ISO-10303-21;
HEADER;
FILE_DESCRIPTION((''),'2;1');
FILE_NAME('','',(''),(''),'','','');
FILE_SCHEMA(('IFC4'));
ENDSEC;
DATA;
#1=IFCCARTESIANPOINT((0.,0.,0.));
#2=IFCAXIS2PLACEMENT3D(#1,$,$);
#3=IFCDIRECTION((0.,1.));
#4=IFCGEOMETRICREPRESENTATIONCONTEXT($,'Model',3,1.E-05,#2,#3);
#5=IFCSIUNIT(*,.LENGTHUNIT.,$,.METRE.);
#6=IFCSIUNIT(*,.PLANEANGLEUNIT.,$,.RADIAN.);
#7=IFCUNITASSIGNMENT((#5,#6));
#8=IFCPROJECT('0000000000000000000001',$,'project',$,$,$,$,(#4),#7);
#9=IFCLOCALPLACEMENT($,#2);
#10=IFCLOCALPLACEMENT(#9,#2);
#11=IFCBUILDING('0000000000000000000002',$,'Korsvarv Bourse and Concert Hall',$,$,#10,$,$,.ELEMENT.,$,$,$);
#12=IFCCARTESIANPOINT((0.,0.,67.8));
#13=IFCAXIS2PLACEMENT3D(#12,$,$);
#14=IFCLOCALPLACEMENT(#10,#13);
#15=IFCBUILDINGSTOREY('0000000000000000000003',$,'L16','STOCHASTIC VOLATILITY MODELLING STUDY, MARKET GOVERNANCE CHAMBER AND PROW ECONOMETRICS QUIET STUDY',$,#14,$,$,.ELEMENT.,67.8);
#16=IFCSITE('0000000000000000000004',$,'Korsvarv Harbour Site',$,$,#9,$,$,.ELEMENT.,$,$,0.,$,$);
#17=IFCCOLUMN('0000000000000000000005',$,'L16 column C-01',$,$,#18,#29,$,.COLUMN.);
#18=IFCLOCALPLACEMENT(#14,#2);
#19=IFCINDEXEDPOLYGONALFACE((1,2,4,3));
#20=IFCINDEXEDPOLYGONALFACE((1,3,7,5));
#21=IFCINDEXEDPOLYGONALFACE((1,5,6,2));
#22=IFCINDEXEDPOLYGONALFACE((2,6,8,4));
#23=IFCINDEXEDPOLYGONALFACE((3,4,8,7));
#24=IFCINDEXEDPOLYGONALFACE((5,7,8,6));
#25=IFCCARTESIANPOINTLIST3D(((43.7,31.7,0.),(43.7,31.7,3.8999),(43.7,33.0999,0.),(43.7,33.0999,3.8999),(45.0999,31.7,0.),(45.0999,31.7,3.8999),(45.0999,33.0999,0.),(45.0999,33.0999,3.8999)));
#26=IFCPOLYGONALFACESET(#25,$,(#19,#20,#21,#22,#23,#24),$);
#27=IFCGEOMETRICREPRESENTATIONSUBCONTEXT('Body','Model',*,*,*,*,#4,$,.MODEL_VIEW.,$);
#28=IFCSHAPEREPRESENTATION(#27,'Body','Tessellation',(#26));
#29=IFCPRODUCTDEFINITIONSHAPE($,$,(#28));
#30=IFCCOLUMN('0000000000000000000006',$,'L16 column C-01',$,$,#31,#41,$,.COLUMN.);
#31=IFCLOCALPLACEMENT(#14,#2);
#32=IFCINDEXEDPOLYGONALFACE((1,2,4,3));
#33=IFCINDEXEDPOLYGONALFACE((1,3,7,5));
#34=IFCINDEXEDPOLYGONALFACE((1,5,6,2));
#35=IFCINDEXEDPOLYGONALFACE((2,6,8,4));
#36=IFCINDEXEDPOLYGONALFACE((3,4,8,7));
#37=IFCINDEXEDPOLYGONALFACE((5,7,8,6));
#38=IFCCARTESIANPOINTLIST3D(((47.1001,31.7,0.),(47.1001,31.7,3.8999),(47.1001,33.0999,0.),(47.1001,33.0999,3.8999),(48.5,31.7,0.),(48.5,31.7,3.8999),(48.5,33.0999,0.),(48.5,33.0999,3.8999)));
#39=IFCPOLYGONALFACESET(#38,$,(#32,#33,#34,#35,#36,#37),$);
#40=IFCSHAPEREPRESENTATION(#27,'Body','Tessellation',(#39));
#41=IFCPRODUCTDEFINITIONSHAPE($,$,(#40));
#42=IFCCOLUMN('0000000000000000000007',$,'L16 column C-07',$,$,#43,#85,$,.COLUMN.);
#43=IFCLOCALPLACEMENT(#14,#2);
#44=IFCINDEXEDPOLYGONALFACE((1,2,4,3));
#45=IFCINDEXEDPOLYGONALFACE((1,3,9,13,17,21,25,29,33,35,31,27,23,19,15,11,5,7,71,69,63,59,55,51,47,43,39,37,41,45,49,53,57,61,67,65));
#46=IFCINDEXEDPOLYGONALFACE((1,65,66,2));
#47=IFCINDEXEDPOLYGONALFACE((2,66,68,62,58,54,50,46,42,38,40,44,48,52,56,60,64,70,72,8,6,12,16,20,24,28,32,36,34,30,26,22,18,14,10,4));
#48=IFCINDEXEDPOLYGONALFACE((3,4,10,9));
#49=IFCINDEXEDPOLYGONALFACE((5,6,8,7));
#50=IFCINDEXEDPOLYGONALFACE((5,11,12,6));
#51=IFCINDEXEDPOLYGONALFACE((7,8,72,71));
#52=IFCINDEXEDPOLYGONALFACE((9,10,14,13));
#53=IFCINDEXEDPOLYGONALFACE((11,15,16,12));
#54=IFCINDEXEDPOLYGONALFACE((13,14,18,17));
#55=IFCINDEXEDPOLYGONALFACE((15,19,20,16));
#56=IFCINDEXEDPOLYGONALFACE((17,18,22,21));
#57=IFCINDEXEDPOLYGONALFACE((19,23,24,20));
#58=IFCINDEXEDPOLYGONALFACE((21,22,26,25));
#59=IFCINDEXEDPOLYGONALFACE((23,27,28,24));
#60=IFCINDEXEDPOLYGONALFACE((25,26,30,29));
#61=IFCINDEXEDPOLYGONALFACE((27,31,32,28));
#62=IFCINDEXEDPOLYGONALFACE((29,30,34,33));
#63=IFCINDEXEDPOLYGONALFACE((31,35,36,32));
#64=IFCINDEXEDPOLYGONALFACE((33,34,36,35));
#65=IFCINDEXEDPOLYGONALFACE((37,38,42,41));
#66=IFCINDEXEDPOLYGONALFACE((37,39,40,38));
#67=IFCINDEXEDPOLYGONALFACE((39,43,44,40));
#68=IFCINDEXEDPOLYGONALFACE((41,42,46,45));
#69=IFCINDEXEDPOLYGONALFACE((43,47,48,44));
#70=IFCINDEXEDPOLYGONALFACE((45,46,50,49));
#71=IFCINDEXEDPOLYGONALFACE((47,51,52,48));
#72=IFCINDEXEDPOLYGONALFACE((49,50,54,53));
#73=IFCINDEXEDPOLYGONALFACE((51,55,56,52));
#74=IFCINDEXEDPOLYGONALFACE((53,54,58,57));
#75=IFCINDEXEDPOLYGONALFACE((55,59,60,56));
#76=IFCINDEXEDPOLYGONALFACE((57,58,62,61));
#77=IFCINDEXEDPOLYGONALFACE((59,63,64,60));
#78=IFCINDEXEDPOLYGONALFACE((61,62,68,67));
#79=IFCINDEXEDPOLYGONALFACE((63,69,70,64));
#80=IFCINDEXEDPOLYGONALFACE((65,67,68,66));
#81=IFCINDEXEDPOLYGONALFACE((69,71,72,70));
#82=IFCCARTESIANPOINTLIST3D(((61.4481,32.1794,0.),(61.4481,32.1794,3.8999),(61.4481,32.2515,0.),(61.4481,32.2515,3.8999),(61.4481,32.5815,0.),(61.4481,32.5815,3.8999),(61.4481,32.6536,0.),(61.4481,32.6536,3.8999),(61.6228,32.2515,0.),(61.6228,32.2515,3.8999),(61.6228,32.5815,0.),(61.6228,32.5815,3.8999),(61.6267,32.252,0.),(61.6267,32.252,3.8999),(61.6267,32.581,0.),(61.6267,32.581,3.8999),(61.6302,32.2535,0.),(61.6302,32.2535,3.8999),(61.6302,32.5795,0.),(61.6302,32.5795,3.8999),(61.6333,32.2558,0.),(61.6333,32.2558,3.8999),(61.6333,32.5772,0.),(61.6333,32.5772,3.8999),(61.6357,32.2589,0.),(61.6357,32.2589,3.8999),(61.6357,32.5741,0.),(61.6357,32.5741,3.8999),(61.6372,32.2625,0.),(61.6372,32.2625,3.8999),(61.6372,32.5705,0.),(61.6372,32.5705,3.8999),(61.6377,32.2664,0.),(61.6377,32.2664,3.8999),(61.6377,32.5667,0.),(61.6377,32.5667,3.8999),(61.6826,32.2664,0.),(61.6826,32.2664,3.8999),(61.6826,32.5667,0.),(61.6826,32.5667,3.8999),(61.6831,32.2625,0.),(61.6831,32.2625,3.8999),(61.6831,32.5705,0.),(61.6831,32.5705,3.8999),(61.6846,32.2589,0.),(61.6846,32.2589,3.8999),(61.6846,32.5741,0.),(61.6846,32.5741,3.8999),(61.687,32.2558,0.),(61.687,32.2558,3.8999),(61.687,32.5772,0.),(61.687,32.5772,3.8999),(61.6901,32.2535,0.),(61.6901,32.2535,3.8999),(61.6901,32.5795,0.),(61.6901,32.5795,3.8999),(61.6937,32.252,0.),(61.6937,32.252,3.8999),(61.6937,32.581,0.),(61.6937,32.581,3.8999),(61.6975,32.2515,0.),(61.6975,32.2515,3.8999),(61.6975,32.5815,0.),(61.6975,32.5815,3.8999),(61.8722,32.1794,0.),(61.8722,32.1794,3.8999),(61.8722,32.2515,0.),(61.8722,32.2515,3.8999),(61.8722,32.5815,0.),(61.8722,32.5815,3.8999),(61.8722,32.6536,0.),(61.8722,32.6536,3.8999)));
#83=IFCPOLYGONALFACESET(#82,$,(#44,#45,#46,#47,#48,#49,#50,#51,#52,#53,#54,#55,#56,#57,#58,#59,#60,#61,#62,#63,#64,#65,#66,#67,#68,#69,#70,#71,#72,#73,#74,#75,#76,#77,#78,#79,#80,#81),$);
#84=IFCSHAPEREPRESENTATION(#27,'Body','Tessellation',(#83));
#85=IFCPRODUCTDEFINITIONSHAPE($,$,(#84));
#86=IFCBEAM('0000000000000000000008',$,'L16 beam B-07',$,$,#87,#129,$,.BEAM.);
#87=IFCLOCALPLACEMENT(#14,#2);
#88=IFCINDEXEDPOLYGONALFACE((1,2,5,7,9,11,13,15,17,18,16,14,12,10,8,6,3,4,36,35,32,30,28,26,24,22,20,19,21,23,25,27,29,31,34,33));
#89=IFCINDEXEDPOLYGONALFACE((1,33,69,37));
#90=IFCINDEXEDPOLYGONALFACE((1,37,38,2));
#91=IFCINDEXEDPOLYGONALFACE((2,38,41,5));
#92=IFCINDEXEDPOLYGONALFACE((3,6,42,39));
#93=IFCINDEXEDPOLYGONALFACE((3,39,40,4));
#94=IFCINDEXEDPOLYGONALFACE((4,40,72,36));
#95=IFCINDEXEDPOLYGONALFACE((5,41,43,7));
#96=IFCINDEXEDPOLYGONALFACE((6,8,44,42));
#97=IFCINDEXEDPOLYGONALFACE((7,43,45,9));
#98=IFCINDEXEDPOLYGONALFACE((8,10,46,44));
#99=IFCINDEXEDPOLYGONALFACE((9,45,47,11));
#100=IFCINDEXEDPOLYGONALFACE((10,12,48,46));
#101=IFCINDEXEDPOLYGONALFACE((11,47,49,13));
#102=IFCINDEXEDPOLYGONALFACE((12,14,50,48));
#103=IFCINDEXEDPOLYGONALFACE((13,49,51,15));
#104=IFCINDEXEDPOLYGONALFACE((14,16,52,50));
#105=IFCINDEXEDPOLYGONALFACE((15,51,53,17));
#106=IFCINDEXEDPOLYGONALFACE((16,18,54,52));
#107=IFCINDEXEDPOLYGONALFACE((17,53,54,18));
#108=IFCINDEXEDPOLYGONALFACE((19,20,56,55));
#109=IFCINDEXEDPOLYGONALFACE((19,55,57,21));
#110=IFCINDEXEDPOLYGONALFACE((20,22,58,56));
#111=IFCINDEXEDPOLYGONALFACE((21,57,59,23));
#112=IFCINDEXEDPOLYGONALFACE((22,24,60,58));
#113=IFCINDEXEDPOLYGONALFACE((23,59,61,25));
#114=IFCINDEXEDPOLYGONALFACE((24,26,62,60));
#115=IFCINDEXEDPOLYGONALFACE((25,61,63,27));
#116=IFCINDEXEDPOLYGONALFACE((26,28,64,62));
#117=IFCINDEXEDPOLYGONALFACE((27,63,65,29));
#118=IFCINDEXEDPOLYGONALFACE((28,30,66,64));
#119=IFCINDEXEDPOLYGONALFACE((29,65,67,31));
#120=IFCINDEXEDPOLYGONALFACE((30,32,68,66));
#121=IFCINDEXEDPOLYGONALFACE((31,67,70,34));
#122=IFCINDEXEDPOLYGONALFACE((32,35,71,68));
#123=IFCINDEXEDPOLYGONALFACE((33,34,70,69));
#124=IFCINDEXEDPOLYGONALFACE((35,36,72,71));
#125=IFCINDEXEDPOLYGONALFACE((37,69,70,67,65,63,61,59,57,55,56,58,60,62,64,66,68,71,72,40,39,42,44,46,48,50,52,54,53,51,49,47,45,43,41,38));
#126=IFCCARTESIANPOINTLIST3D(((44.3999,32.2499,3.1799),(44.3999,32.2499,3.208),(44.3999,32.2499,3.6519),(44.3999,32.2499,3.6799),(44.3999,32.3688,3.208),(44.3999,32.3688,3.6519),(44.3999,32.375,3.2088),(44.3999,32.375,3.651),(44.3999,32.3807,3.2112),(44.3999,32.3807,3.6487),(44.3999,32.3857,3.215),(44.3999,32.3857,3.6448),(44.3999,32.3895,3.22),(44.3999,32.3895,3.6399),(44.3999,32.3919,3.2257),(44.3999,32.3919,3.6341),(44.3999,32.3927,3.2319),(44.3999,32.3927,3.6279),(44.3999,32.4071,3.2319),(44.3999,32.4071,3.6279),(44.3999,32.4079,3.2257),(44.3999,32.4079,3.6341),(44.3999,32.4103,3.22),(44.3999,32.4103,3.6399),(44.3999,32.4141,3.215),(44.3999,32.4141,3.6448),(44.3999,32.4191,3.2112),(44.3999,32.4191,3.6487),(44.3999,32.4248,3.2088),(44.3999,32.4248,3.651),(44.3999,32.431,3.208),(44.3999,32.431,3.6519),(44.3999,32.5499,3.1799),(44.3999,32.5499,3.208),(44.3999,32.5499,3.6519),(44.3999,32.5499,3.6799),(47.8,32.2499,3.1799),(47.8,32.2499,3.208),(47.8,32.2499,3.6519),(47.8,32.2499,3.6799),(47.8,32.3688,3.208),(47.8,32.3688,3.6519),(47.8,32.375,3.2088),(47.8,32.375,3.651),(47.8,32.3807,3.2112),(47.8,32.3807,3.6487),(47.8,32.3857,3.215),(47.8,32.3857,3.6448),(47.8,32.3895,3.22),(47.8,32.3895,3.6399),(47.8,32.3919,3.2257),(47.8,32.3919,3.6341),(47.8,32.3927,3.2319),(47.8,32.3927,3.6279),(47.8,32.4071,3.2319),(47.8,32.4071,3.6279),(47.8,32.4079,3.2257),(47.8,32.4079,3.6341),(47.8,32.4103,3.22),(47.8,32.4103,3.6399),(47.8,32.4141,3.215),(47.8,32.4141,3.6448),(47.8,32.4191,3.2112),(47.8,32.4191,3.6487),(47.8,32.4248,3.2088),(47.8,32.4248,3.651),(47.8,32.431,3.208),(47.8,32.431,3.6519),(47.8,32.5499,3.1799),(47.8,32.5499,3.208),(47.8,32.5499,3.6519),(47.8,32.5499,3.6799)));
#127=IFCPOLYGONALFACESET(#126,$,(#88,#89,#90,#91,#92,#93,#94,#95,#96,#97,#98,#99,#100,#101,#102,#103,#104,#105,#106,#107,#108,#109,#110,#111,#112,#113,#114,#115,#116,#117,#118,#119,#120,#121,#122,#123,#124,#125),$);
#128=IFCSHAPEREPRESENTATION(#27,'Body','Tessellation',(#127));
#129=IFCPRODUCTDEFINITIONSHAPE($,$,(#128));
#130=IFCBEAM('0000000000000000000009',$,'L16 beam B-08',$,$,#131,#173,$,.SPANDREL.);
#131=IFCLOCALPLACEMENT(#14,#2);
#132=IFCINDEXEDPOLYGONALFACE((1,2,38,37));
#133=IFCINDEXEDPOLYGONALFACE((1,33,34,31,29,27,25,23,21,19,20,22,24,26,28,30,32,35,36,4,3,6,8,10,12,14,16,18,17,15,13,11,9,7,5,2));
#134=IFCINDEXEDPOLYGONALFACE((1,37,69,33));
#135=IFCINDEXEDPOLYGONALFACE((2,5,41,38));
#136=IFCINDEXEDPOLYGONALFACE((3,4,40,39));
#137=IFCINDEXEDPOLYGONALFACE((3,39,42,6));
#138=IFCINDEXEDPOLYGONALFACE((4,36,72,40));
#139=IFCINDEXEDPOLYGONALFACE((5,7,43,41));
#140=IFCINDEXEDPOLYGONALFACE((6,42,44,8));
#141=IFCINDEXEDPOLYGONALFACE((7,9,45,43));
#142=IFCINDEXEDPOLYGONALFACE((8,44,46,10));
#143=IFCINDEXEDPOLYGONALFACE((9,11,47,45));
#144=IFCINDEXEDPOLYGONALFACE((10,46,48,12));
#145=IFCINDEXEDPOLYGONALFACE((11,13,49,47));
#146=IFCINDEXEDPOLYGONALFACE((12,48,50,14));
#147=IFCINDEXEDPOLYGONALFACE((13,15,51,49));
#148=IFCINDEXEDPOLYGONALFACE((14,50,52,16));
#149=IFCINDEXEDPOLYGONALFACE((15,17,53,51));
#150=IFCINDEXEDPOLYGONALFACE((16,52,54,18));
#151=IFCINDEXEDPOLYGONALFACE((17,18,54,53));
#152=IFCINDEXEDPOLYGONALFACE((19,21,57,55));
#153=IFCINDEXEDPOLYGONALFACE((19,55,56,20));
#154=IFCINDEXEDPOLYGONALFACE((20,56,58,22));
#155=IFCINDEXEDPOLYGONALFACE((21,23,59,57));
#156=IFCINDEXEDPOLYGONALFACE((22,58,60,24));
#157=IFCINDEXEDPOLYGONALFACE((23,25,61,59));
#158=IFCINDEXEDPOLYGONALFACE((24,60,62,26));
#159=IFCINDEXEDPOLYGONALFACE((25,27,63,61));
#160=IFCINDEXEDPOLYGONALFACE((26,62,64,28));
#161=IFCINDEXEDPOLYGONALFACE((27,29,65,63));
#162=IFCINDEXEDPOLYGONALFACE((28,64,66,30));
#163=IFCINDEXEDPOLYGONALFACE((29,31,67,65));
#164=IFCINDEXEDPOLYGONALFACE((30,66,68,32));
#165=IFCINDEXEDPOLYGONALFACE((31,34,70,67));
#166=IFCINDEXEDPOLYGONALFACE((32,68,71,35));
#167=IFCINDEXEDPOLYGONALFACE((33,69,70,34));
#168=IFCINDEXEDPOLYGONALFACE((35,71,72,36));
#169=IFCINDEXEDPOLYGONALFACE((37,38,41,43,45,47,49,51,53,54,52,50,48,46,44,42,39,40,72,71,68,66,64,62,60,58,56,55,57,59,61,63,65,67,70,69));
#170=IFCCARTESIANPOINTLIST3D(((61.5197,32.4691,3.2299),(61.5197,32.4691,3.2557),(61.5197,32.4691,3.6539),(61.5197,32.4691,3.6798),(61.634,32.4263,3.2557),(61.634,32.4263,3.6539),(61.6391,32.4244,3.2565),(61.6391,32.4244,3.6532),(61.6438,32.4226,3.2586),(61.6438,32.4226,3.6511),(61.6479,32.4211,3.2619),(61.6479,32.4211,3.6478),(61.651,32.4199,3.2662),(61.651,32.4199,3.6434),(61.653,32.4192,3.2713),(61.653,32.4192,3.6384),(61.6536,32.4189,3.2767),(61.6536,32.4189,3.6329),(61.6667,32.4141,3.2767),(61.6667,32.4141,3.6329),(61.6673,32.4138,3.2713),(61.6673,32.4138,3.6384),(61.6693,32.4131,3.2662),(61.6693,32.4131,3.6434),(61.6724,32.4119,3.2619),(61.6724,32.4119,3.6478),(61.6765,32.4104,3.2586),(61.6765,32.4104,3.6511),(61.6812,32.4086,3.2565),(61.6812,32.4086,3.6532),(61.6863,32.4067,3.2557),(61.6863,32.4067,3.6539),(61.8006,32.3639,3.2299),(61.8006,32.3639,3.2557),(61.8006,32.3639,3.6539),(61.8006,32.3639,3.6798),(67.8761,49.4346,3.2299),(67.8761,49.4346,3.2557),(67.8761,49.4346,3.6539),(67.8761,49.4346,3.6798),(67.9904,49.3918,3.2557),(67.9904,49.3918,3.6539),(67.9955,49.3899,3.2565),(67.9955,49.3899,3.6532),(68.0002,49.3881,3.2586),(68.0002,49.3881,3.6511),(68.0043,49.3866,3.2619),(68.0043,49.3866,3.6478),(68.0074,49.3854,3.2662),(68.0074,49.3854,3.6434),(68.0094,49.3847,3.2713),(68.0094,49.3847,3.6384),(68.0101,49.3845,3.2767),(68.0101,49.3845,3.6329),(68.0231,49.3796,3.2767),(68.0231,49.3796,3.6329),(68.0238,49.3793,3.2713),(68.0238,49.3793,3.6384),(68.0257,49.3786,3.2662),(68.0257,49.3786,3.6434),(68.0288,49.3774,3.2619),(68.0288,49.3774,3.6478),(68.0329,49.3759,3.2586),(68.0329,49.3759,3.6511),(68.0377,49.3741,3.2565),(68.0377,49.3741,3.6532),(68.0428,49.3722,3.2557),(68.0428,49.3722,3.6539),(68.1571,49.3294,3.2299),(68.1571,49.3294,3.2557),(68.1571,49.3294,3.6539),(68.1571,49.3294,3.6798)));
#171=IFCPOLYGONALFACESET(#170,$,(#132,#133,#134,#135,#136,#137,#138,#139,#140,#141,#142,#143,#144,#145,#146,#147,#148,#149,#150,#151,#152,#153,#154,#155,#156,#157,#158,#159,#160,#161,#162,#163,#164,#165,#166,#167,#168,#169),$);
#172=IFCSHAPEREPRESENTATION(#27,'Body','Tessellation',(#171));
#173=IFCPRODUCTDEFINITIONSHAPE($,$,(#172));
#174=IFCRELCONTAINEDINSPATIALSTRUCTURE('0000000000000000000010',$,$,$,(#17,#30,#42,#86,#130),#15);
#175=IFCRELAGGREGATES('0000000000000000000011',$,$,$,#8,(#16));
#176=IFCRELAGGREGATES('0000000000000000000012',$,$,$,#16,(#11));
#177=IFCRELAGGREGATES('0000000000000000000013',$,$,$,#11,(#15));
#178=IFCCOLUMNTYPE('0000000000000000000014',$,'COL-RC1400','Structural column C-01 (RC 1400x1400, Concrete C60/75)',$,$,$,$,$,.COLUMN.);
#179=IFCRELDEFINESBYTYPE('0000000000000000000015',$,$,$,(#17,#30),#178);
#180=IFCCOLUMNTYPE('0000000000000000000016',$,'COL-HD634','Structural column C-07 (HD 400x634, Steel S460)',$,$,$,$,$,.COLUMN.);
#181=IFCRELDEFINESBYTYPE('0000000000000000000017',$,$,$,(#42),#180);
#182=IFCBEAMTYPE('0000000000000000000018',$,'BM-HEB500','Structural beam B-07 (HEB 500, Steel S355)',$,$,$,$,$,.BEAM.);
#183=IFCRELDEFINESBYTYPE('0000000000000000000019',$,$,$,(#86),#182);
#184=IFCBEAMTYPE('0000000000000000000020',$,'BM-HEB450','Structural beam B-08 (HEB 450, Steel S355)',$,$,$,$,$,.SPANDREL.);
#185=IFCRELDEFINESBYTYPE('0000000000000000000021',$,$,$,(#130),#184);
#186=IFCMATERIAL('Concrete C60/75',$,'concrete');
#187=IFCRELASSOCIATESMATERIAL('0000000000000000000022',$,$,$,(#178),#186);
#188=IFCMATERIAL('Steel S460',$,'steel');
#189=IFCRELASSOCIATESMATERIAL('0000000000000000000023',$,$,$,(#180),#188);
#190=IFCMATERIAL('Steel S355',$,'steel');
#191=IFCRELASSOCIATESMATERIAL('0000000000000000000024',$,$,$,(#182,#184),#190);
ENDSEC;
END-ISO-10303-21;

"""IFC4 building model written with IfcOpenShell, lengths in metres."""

from ifc_helpers import new_model, si_unit, direction, frame, origin, origin_2d, place, context, subcontext, project, spatial, rectangle, i_section, extrude, source, transform, mapped, material, material_profile, profile_set, type_object, element, save


model = new_model("IFC4")

# Units and contexts
model_context = context("Model", 3, precision=1e-05, world=origin(), true_north=direction((0.0, 1.0)))
body_context = subcontext(model_context, "Body", "Model", "MODEL_VIEW")
ifc_project = project(units=[si_unit("LENGTHUNIT", "METRE"), si_unit("PLANEANGLEUNIT", "RADIAN")], contexts=[model_context])

# Site, building, storey
site_placement = place(None, origin())
site = spatial("IfcSite", under=ifc_project, at=site_placement, Name="Korsvarv Harbour Site", CompositionType="ELEMENT", RefElevation=0.0)
building_placement = place(site_placement, origin())
building = spatial("IfcBuilding", under=site, at=building_placement, Name="Korsvarv Bourse and Concert Hall", CompositionType="ELEMENT")
storey_placement = place(building_placement, frame((0.0, 0.0, 67.8)))
storey = spatial("IfcBuildingStorey", under=building, at=storey_placement, Name="L16", Description="STOCHASTIC VOLATILITY MODELLING STUDY, MARKET GOVERNANCE CHAMBER AND PROW ECONOMETRICS QUIET STUDY", CompositionType="ELEMENT", Elevation=67.8)

# Columns
ifc_material_1 = material(Name="Concrete C60/75", Category="concrete")
ifc_material_profile_1 = material_profile(ifc_material_1, rectangle(XDim=1.3999, YDim=1.3999, at=origin_2d()), Name="RC 1400x1400")
ifc_profile_set_1 = profile_set([ifc_material_profile_1], Name="Concrete C60/75")
column_type_1 = type_object("IfcColumnType", Name="COL-RC1400", Description="Structural column C-01 (RC 1400x1400, Concrete C60/75)", PredefinedType="COLUMN", material=ifc_profile_set_1)
shared_shape_1 = source(origin(), body_context, "Body", "SweptSolid", [
    extrude(rectangle(XDim=1.3999, YDim=1.3999, at=origin_2d()), origin(), (0.0, 0.0, 1.0), 3.8999),
])
for number, where, z_axis, x_axis, name in (
    (1, (44.3999, 32.3999, 0.0), (0.0, 0.0, 1.0), (1.0, 0.0, 0.0), "L16 column C-01"),
    (2, (47.8, 32.3999, 0.0), (0.0, 0.0, 1.0), (1.0, 0.0, 0.0), "L16 column C-01"),
):
    element("IfcColumn", number, at=place(storey_placement, frame(where, z_axis=z_axis, x_axis=x_axis)), inside=storey, type_object=column_type_1, Name=name, PredefinedType="COLUMN", context=body_context, shape_type="MappedRepresentation", body=[
        mapped(shared_shape_1, transform((0.0, 0.0, 0.0), scale=1.0)),
    ])
ifc_material_2 = material(Name="Steel S460", Category="steel")
ifc_material_profile_2 = material_profile(ifc_material_2, i_section(OverallWidth=0.4241, OverallDepth=0.4741, WebThickness=0.0449, FlangeThickness=0.072, FilletRadius=0.0149, at=origin_2d()), Name="HD 400x634")
ifc_profile_set_2 = profile_set([ifc_material_profile_2], Name="Steel S460")
column_type_2 = type_object("IfcColumnType", Name="COL-HD634", Description="Structural column C-07 (HD 400x634, Steel S460)", PredefinedType="COLUMN", material=ifc_profile_set_2)
shared_shape_2 = source(origin(), body_context, "Body", "SweptSolid", [
    extrude(i_section(OverallWidth=0.4241, OverallDepth=0.4741, WebThickness=0.0449, FlangeThickness=0.072, FilletRadius=0.0149, at=origin_2d()), origin(), (0.0, 0.0, 1.0), 3.8999),
])
column_placement = place(storey_placement, frame((61.6602, 32.4165, 0.0), z_axis=(0.0, 0.0, 1.0), x_axis=(1.0, 0.0, 0.0)))
element("IfcColumn", 3, at=column_placement, inside=storey, type_object=column_type_2, Name="L16 column C-07", PredefinedType="COLUMN", context=body_context, shape_type="MappedRepresentation", body=[
    mapped(shared_shape_2, transform((0.0, 0.0, 0.0), scale=1.0)),
])

# Beams
ifc_material_3 = material(Name="Steel S355", Category="steel")
ifc_material_profile_3 = material_profile(ifc_material_3, i_section(OverallWidth=0.3, OverallDepth=0.5, WebThickness=0.0144, FlangeThickness=0.0281, FilletRadius=0.0239, at=origin_2d()), Name="HEB 500")
ifc_profile_set_3 = profile_set([ifc_material_profile_3], Name="Steel S355")
beam_type_1 = type_object("IfcBeamType", Name="BM-HEB500", Description="Structural beam B-07 (HEB 500, Steel S355)", PredefinedType="BEAM", material=ifc_profile_set_3)
shared_shape_3 = source(origin(), body_context, "Body", "SweptSolid", [
    extrude(i_section(OverallWidth=0.3, OverallDepth=0.5, WebThickness=0.0144, FlangeThickness=0.0281, FilletRadius=0.0239, at=origin_2d()), origin(), (0.0, 0.0, 1.0), 3.4001),
])
beam_1_placement = place(storey_placement, frame((44.3999, 32.3999, 3.4299), z_axis=(1.0, 0.0, 0.0), x_axis=(0.0, 1.0, 0.0)))
element("IfcBeam", 4, at=beam_1_placement, inside=storey, type_object=beam_type_1, Name="L16 beam B-07", PredefinedType="BEAM", context=body_context, shape_type="MappedRepresentation", body=[
    mapped(shared_shape_3, transform((0.0, 0.0, 0.0), scale=1.0)),
])
ifc_material_profile_4 = material_profile(ifc_material_3, i_section(OverallWidth=0.3, OverallDepth=0.45, WebThickness=0.0139, FlangeThickness=0.0259, FilletRadius=0.021, at=origin_2d()), Name="HEB 450")
ifc_profile_set_4 = profile_set([ifc_material_profile_4], Name="Steel S355")
beam_type_2 = type_object("IfcBeamType", Name="BM-HEB450", Description="Structural beam B-08 (HEB 450, Steel S355)", PredefinedType="SPANDREL", material=ifc_profile_set_4)
shared_shape_4 = source(origin(), body_context, "Body", "SweptSolid", [
    extrude(i_section(OverallWidth=0.3, OverallDepth=0.45, WebThickness=0.0139, FlangeThickness=0.0259, FilletRadius=0.021, at=origin_2d()), origin(), (0.0, 0.0, 1.0), 18.1172),
])
beam_2_placement = place(storey_placement, frame((61.6602, 32.4165, 3.4548), z_axis=(0.35085, 0.936432, 0.0), x_axis=(-0.936432, 0.35085, 0.0)))
element("IfcBeam", 5, at=beam_2_placement, inside=storey, type_object=beam_type_2, Name="L16 beam B-08", PredefinedType="SPANDREL", context=body_context, shape_type="MappedRepresentation", body=[
    mapped(shared_shape_4, transform((0.0, 0.0, 0.0), scale=1.0)),
])

save(model, "model.ifc")
